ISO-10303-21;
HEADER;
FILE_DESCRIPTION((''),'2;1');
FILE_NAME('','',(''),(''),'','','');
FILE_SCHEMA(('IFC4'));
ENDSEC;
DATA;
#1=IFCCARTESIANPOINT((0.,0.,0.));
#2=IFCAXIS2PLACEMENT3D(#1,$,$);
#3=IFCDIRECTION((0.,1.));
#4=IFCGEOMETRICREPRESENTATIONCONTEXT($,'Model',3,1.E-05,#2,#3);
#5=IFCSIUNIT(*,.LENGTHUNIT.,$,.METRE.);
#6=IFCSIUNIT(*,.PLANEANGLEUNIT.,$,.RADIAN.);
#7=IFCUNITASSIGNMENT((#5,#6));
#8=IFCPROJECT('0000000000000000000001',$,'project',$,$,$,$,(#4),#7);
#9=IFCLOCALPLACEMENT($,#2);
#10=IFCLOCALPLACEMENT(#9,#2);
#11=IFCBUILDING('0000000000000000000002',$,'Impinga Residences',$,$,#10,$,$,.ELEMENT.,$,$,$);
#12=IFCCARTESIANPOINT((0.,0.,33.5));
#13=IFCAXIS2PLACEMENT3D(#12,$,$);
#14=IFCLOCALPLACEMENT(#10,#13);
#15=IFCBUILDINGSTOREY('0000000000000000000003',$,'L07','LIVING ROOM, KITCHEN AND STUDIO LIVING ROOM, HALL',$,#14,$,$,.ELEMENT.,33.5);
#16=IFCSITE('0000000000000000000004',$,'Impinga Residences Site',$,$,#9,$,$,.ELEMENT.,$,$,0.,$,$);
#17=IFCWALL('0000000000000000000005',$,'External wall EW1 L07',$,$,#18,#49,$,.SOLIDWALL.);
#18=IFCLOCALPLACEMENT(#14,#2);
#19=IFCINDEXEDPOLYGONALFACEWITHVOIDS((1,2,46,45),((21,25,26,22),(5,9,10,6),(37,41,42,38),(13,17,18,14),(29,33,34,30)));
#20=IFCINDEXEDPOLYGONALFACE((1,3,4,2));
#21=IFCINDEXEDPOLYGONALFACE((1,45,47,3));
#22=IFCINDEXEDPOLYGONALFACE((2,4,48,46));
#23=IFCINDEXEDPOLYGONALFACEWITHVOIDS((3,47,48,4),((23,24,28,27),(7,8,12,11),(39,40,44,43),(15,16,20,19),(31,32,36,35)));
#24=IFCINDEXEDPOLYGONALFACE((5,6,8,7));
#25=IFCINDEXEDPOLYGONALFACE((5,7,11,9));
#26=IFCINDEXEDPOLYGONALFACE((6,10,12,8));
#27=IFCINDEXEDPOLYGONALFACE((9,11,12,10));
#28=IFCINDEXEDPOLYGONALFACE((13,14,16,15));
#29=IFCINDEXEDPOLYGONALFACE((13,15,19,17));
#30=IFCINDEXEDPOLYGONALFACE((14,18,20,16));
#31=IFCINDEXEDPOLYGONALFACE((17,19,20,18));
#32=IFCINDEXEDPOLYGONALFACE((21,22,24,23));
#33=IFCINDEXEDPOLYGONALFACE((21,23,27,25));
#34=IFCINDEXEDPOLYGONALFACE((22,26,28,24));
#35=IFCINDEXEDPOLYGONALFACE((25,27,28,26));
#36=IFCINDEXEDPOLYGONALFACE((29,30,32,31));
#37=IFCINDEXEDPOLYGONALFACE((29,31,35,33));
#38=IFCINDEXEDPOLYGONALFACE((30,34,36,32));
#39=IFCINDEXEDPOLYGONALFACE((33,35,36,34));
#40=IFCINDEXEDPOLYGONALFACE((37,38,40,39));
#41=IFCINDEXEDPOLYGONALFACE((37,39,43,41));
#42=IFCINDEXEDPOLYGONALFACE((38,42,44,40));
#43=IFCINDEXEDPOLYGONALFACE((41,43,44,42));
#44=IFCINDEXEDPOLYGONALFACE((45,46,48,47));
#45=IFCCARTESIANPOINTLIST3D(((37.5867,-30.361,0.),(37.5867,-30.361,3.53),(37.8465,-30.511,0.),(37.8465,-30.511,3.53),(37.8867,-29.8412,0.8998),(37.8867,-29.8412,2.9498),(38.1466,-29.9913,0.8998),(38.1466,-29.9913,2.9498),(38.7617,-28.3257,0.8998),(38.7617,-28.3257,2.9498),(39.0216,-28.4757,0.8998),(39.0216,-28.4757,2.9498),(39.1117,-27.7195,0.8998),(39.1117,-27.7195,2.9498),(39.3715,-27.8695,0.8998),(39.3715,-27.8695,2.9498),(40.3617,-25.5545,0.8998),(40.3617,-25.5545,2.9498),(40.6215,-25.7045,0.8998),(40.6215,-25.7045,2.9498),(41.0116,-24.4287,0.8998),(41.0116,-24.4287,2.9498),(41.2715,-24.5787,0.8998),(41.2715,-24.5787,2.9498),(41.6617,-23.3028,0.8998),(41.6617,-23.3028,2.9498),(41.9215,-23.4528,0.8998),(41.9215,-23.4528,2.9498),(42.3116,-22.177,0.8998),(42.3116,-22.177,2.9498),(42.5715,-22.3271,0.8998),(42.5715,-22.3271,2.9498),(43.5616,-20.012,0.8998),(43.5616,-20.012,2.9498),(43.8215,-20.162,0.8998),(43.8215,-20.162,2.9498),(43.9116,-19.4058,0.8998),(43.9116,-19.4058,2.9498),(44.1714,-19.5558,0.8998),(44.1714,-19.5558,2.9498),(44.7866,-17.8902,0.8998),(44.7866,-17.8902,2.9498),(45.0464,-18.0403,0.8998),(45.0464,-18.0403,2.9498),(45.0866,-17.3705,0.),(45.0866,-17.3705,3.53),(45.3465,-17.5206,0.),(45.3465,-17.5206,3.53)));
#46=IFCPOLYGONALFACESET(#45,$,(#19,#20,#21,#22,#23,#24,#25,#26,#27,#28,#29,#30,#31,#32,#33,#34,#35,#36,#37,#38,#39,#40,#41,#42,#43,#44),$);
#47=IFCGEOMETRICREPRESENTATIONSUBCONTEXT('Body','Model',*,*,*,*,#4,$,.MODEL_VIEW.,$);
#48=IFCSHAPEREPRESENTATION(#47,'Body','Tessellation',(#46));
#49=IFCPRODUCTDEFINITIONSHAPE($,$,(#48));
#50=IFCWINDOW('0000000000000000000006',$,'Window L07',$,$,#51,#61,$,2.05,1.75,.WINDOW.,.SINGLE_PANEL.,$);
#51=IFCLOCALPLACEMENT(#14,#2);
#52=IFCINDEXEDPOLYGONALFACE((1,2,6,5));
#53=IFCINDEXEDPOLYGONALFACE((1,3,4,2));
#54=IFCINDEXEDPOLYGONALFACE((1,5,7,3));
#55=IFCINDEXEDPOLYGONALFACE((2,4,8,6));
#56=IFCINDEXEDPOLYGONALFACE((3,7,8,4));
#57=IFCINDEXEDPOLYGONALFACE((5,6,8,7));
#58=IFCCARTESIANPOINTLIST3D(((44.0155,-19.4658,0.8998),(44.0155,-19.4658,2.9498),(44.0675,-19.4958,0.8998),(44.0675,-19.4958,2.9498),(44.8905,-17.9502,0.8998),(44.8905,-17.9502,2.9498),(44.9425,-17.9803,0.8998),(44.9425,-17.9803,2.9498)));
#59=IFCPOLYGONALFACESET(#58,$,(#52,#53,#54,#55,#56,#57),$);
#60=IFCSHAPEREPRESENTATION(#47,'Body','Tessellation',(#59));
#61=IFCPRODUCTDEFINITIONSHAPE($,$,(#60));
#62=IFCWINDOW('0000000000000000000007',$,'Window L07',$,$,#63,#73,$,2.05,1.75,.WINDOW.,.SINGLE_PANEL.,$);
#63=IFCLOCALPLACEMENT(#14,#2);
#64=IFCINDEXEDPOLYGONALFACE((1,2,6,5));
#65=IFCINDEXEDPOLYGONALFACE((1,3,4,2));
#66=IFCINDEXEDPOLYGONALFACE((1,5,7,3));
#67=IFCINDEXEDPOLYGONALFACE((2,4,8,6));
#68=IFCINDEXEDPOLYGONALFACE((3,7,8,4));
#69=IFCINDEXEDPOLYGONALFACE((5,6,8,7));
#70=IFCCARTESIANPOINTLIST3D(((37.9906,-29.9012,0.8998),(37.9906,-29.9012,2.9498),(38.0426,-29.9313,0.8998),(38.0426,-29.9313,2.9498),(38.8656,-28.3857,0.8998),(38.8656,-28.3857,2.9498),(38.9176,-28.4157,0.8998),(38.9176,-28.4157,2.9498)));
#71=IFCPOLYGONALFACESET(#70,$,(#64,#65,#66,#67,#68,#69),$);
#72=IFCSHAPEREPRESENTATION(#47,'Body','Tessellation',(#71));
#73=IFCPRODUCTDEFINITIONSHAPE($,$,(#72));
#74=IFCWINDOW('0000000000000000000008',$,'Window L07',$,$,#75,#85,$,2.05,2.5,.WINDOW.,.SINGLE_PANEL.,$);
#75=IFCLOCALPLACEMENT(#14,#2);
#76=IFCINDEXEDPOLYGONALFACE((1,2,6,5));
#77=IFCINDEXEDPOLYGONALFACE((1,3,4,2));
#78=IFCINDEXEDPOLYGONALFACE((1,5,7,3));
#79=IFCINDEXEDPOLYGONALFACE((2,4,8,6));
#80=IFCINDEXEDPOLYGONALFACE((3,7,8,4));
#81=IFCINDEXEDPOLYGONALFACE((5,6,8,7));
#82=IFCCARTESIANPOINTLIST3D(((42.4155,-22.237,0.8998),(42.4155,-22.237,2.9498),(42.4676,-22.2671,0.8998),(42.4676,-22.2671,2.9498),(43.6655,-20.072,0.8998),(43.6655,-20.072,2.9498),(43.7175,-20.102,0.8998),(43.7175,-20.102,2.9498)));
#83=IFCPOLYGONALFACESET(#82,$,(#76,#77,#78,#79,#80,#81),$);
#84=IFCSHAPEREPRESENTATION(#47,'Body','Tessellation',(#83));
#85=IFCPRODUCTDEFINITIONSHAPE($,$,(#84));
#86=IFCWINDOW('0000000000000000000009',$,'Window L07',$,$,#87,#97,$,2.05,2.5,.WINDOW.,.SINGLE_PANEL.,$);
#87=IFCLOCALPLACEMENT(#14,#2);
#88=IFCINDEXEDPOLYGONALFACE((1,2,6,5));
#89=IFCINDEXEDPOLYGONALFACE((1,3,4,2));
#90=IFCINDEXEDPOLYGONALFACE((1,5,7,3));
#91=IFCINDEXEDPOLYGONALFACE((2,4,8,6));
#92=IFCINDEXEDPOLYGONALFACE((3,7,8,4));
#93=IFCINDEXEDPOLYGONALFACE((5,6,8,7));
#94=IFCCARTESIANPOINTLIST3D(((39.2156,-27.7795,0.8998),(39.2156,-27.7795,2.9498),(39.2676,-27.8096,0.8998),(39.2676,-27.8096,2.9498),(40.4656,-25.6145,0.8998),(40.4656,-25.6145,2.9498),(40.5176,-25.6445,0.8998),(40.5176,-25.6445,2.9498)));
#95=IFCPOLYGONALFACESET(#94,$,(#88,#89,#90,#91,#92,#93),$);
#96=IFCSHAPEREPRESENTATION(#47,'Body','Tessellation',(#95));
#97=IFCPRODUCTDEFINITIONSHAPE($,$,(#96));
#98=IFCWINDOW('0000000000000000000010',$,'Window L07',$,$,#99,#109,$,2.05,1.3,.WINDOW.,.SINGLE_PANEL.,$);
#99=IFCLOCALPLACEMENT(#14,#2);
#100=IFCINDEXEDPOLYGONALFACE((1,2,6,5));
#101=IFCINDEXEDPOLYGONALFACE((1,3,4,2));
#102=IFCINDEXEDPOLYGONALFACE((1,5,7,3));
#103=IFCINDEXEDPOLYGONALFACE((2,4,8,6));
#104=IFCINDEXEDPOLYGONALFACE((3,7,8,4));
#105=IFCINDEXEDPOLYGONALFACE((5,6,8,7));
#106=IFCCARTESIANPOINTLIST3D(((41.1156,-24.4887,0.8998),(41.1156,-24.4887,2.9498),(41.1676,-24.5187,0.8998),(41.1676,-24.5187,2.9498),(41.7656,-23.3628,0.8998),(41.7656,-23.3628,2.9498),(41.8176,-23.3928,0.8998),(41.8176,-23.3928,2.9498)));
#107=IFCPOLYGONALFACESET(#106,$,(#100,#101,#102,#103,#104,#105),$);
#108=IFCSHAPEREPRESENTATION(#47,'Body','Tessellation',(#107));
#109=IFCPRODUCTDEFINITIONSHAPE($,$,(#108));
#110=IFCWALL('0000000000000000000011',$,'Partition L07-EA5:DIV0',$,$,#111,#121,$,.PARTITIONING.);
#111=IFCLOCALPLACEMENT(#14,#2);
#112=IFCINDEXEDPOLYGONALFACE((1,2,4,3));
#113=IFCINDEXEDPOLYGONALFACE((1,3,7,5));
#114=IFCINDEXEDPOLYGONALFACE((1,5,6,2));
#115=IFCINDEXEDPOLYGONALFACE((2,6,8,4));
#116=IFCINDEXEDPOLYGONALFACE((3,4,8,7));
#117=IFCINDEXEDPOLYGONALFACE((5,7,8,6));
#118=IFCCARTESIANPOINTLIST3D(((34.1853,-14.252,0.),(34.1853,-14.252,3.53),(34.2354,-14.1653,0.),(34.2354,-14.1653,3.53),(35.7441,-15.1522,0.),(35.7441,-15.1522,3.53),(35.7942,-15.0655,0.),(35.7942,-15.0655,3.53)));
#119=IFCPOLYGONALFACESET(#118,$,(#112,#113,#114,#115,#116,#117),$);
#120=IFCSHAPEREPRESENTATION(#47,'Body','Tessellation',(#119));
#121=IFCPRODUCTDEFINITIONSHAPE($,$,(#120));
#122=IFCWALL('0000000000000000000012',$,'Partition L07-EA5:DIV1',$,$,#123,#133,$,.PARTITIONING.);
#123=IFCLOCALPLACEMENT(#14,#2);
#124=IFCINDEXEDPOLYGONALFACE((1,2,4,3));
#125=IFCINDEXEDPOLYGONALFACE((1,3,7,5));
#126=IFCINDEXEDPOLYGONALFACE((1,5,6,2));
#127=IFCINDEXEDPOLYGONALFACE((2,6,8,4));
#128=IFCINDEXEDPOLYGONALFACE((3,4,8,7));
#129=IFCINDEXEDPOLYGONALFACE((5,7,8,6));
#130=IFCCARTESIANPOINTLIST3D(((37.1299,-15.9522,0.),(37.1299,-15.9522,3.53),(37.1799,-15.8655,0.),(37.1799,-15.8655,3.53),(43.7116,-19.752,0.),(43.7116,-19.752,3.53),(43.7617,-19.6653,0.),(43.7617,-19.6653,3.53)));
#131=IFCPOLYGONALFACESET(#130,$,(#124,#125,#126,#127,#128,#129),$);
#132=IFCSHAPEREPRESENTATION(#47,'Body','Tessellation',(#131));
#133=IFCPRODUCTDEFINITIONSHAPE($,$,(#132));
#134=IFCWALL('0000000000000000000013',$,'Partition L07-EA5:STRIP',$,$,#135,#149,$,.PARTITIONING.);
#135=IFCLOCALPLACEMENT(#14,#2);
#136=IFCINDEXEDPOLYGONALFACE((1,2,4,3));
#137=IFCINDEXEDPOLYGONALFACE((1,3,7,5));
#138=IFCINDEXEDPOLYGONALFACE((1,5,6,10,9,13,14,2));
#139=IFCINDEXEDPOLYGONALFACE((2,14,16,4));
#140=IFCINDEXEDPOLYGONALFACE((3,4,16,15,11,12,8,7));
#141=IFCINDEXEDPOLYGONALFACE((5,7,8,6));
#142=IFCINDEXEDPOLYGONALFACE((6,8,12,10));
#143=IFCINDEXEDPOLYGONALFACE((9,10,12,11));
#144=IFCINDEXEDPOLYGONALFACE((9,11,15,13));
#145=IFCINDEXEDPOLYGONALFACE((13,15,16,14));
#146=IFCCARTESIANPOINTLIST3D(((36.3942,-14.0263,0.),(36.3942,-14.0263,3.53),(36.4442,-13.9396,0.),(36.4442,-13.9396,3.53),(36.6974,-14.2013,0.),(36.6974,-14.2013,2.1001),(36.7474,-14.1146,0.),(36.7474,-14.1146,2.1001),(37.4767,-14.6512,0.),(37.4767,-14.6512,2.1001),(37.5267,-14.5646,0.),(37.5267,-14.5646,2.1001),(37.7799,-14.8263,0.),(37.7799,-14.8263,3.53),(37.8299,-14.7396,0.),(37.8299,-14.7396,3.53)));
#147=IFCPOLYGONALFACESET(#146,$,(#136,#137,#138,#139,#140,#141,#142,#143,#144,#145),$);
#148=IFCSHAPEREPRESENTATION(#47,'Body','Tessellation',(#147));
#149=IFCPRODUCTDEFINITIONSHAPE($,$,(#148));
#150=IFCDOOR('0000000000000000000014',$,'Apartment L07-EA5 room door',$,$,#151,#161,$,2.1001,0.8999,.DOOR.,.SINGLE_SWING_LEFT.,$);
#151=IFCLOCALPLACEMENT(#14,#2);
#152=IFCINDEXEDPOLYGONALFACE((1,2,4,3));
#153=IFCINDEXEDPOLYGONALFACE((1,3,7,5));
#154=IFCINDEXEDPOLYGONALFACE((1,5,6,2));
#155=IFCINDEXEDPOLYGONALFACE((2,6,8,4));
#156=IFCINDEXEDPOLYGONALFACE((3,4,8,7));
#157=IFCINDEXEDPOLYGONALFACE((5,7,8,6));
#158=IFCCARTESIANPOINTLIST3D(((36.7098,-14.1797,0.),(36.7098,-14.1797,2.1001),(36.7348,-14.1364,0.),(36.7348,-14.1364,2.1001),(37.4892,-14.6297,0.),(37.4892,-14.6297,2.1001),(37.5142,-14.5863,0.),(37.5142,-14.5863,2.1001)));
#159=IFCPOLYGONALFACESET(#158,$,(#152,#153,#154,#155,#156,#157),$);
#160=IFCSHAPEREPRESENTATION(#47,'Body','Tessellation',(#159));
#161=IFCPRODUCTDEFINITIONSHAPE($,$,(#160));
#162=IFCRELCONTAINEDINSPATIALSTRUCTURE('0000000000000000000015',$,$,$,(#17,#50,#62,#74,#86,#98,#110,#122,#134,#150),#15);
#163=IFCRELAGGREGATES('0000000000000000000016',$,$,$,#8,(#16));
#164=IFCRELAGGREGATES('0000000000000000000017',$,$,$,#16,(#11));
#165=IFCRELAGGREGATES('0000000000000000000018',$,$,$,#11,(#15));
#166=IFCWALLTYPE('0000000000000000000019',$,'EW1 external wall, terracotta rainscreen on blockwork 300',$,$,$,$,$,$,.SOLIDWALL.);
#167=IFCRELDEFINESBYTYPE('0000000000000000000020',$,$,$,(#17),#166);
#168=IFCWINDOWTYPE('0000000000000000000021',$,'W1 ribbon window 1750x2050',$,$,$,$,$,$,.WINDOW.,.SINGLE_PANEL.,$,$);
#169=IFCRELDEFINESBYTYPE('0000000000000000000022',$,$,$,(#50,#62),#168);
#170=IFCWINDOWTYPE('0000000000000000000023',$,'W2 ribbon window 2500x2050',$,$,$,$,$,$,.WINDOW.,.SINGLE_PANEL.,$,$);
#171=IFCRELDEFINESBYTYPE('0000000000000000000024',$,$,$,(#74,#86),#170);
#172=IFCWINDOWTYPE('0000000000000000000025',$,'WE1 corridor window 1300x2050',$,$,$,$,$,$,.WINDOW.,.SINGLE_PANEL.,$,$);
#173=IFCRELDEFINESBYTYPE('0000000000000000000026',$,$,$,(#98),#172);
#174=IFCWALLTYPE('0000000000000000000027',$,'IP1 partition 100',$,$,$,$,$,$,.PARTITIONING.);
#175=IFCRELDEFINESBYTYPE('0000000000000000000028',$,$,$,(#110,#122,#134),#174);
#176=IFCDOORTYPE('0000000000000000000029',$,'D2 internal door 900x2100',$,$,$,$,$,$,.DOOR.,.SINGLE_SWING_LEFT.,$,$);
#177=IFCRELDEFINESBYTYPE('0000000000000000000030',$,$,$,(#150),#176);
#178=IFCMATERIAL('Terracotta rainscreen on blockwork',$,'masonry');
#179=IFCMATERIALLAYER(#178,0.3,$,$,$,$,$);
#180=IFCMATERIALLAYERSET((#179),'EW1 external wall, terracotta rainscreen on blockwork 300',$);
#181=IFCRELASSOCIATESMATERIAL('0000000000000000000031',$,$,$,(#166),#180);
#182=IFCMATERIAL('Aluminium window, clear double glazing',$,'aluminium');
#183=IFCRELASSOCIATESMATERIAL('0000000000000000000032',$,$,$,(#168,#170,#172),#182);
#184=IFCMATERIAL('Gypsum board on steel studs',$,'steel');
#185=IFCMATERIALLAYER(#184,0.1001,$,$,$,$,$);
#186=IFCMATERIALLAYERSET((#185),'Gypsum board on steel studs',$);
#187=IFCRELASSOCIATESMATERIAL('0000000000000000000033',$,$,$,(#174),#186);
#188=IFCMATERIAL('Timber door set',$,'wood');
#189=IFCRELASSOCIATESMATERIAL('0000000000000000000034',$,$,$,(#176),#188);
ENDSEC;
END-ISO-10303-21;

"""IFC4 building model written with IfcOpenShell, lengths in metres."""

from ifc_helpers import new_model, si_unit, direction, frame, frame_2d, origin, place, context, subcontext, project, spatial, rectangle, extrude, material, layer, layer_set, type_object, element, fill, save


model = new_model("IFC4")

# Units and contexts
model_context = context("Model", 3, precision=1e-05, world=origin(), true_north=direction((0.0, 1.0)))
body_context = subcontext(model_context, "Body", "Model", "MODEL_VIEW")
ifc_project = project(units=[si_unit("LENGTHUNIT", "METRE"), si_unit("PLANEANGLEUNIT", "RADIAN")], contexts=[model_context])

# Site, building, storey
site_placement = place(None, origin())
site = spatial("IfcSite", under=ifc_project, at=site_placement, Name="Impinga Residences Site", CompositionType="ELEMENT", RefElevation=0.0)
building_placement = place(site_placement, origin())
building = spatial("IfcBuilding", under=site, at=building_placement, Name="Impinga Residences", CompositionType="ELEMENT")
storey_placement = place(building_placement, frame((0.0, 0.0, 33.5)))
storey = spatial("IfcBuildingStorey", under=building, at=storey_placement, Name="L07", Description="LIVING ROOM, KITCHEN AND STUDIO LIVING ROOM, HALL", CompositionType="ELEMENT", Elevation=33.5)

# Shared definitions
ifc_material_1 = material(Name="Terracotta rainscreen on blockwork", Category="masonry")
ifc_layer_1 = layer(ifc_material_1, 0.3)
ifc_layer_set_1 = layer_set([ifc_layer_1], Name="EW1 external wall, terracotta rainscreen on blockwork 300")
wall_type_1 = type_object("IfcWallType", Name="EW1 external wall, terracotta rainscreen on blockwork 300", PredefinedType="SOLIDWALL", material=ifc_layer_set_1)

# Wall, openings, windows
wall_1_placement = place(storey_placement, frame((45.2166, -17.4456, 0.0), z_axis=(0.0, 0.0, 1.0), x_axis=(-0.499997, -0.866027, 0.0)))
wall_1 = element("IfcWall", 1, at=wall_1_placement, inside=storey, type_object=wall_type_1, Name="External wall EW1 L07", PredefinedType="SOLIDWALL", context=body_context, shape_type="SweptSolid", body=[
    extrude(rectangle(XDim=15.0, YDim=0.3, at=frame_2d((7.5, 0.0))), origin(), (0.0, 0.0, 1.0), 3.53),
])
opening_1_placement = place(wall_1_placement, frame((0.6001, 0.0, 0.8999)))
opening_1 = element("IfcOpeningElement", 2, at=opening_1_placement, cuts=wall_1, PredefinedType="OPENING", context=body_context, shape_type="SweptSolid", body=[
    extrude(rectangle(XDim=1.75, YDim=2.05, at=frame_2d((0.875, 1.0249))), frame((0.0, 0.1599, 0.0), z_axis=(0.0, -1.0, 0.0), x_axis=(1.0, 0.0, 0.0)), (0.0, 0.0, 1.0), 0.3201),
])
opening_2_placement = place(wall_1_placement, frame((3.05, 0.0, 0.8999)))
opening_2 = element("IfcOpeningElement", 3, at=opening_2_placement, cuts=wall_1, PredefinedType="OPENING", context=body_context, shape_type="SweptSolid", body=[
    extrude(rectangle(XDim=2.5, YDim=2.05, at=frame_2d((1.25, 1.0249))), frame((0.0, 0.1599, 0.0), z_axis=(0.0, -1.0, 0.0), x_axis=(1.0, 0.0, 0.0)), (0.0, 0.0, 1.0), 0.3201),
])
opening_3_placement = place(wall_1_placement, frame((6.8501, 0.0, 0.8999)))
opening_3 = element("IfcOpeningElement", 4, at=opening_3_placement, cuts=wall_1, PredefinedType="OPENING", context=body_context, shape_type="SweptSolid", body=[
    extrude(rectangle(XDim=1.3, YDim=2.05, at=frame_2d((0.6499, 1.0249))), frame((0.0, 0.1599, 0.0), z_axis=(0.0, -1.0, 0.0), x_axis=(1.0, 0.0, 0.0)), (0.0, 0.0, 1.0), 0.3201),
])
opening_4_placement = place(wall_1_placement, frame((9.45, 0.0, 0.8999)))
opening_4 = element("IfcOpeningElement", 5, at=opening_4_placement, cuts=wall_1, PredefinedType="OPENING", context=body_context, shape_type="SweptSolid", body=[
    extrude(rectangle(XDim=2.5, YDim=2.05, at=frame_2d((1.25, 1.0249))), frame((0.0, 0.1599, 0.0), z_axis=(0.0, -1.0, 0.0), x_axis=(1.0, 0.0, 0.0)), (0.0, 0.0, 1.0), 0.3201),
])
opening_5_placement = place(wall_1_placement, frame((12.6499, 0.0, 0.8999)))
opening_5 = element("IfcOpeningElement", 6, at=opening_5_placement, cuts=wall_1, PredefinedType="OPENING", context=body_context, shape_type="SweptSolid", body=[
    extrude(rectangle(XDim=1.75, YDim=2.05, at=frame_2d((0.875, 1.0249))), frame((0.0, 0.1599, 0.0), z_axis=(0.0, -1.0, 0.0), x_axis=(1.0, 0.0, 0.0)), (0.0, 0.0, 1.0), 0.3201),
])
ifc_material_2 = material(Name="Aluminium window, clear double glazing", Category="aluminium")
window_type_1 = type_object("IfcWindowType", Name="W1 ribbon window 1750x2050", PartitioningType="SINGLE_PANEL", PredefinedType="WINDOW", material=ifc_material_2)
window_1_placement = place(opening_1_placement, origin())
window_1 = element("IfcWindow", 7, at=window_1_placement, inside=storey, type_object=window_type_1, Name="Window L07", OverallHeight=2.05, OverallWidth=1.75, PartitioningType="SINGLE_PANEL", PredefinedType="WINDOW", context=body_context, shape_type="SweptSolid", body=[
    extrude(rectangle(XDim=1.75, YDim=2.05, at=frame_2d((0.875, 1.0249))), frame((0.0, 0.03, 0.0), z_axis=(0.0, -1.0, 0.0), x_axis=(1.0, 0.0, 0.0)), (0.0, 0.0, 1.0), 0.0601),
])
fill(opening_1, window_1)
window_2_placement = place(opening_5_placement, origin())
window_2 = element("IfcWindow", 8, at=window_2_placement, inside=storey, type_object=window_type_1, Name="Window L07", OverallHeight=2.05, OverallWidth=1.75, PartitioningType="SINGLE_PANEL", PredefinedType="WINDOW", context=body_context, shape_type="SweptSolid", body=[
    extrude(rectangle(XDim=1.75, YDim=2.05, at=frame_2d((0.875, 1.0249))), frame((0.0, 0.03, 0.0), z_axis=(0.0, -1.0, 0.0), x_axis=(1.0, 0.0, 0.0)), (0.0, 0.0, 1.0), 0.0601),
])
fill(opening_5, window_2)
window_type_2 = type_object("IfcWindowType", Name="W2 ribbon window 2500x2050", PartitioningType="SINGLE_PANEL", PredefinedType="WINDOW", material=ifc_material_2)
window_3_placement = place(opening_2_placement, origin())
window_3 = element("IfcWindow", 9, at=window_3_placement, inside=storey, type_object=window_type_2, Name="Window L07", OverallHeight=2.05, OverallWidth=2.5, PartitioningType="SINGLE_PANEL", PredefinedType="WINDOW", context=body_context, shape_type="SweptSolid", body=[
    extrude(rectangle(XDim=2.5, YDim=2.05, at=frame_2d((1.25, 1.0249))), frame((0.0, 0.03, 0.0), z_axis=(0.0, -1.0, 0.0), x_axis=(1.0, 0.0, 0.0)), (0.0, 0.0, 1.0), 0.0601),
])
fill(opening_2, window_3)
window_4_placement = place(opening_4_placement, origin())
window_4 = element("IfcWindow", 10, at=window_4_placement, inside=storey, type_object=window_type_2, Name="Window L07", OverallHeight=2.05, OverallWidth=2.5, PartitioningType="SINGLE_PANEL", PredefinedType="WINDOW", context=body_context, shape_type="SweptSolid", body=[
    extrude(rectangle(XDim=2.5, YDim=2.05, at=frame_2d((1.25, 1.0249))), frame((0.0, 0.03, 0.0), z_axis=(0.0, -1.0, 0.0), x_axis=(1.0, 0.0, 0.0)), (0.0, 0.0, 1.0), 0.0601),
])
fill(opening_4, window_4)
window_type_3 = type_object("IfcWindowType", Name="WE1 corridor window 1300x2050", PartitioningType="SINGLE_PANEL", PredefinedType="WINDOW", material=ifc_material_2)
window_5_placement = place(opening_3_placement, origin())
window_5 = element("IfcWindow", 11, at=window_5_placement, inside=storey, type_object=window_type_3, Name="Window L07", OverallHeight=2.05, OverallWidth=1.3, PartitioningType="SINGLE_PANEL", PredefinedType="WINDOW", context=body_context, shape_type="SweptSolid", body=[
    extrude(rectangle(XDim=1.3, YDim=2.05, at=frame_2d((0.6499, 1.0249))), frame((0.0, 0.03, 0.0), z_axis=(0.0, -1.0, 0.0), x_axis=(1.0, 0.0, 0.0)), (0.0, 0.0, 1.0), 0.0601),
])
fill(opening_3, window_5)

# Walls
ifc_material_3 = material(Name="Gypsum board on steel studs", Category="steel")
ifc_layer_2 = layer(ifc_material_3, 0.1001)
ifc_layer_set_2 = layer_set([ifc_layer_2], Name="Gypsum board on steel studs")
wall_type_2 = type_object("IfcWallType", Name="IP1 partition 100", PredefinedType="PARTITIONING", material=ifc_layer_set_2)
wall_2_placement = place(storey_placement, frame((34.2104, -14.2087, 0.0), z_axis=(0.0, 0.0, 1.0), x_axis=(0.865989, -0.500063, 0.0)))
element("IfcWall", 12, at=wall_2_placement, inside=storey, type_object=wall_type_2, Name="Partition L07-EA5:DIV0", PredefinedType="PARTITIONING", context=body_context, shape_type="SweptSolid", body=[
    extrude(rectangle(XDim=1.8, YDim=0.1001, at=frame_2d((0.8999, 0.0))), origin(), (0.0, 0.0, 1.0), 3.53),
])
wall_3_placement = place(storey_placement, frame((37.155, -15.9089, 0.0), z_axis=(0.0, 0.0, 1.0), x_axis=(0.866036, -0.499981, 0.0)))
element("IfcWall", 13, at=wall_3_placement, inside=storey, type_object=wall_type_2, Name="Partition L07-EA5:DIV1", PredefinedType="PARTITIONING", context=body_context, shape_type="SweptSolid", body=[
    extrude(rectangle(XDim=7.5999, YDim=0.1001, at=frame_2d((3.7998, 0.0))), origin(), (0.0, 0.0, 1.0), 3.53),
])

# Wall, opening, door
wall_4_placement = place(storey_placement, frame((36.4192, -13.9829, 0.0), z_axis=(0.0, 0.0, 1.0), x_axis=(0.866028, -0.499995, 0.0)))
wall_4 = element("IfcWall", 14, at=wall_4_placement, inside=storey, type_object=wall_type_2, Name="Partition L07-EA5:STRIP", PredefinedType="PARTITIONING", context=body_context, shape_type="SweptSolid", body=[
    extrude(rectangle(XDim=1.6001, YDim=0.1001, at=frame_2d((0.8, 0.0))), origin(), (0.0, 0.0, 1.0), 3.53),
])
opening_6_placement = place(wall_4_placement, frame((0.3501, 0.0, 0.0)))
opening_6 = element("IfcOpeningElement", 15, at=opening_6_placement, cuts=wall_4, PredefinedType="OPENING", context=body_context, shape_type="SweptSolid", body=[
    extrude(rectangle(XDim=0.8999, YDim=2.1001, at=frame_2d((0.45, 1.05))), frame((0.0, 0.0601, 0.0), z_axis=(0.0, -1.0, 0.0), x_axis=(1.0, 0.0, 0.0)), (0.0, 0.0, 1.0), 0.1201),
])
ifc_material_4 = material(Name="Timber door set", Category="wood")
door_type = type_object("IfcDoorType", Name="D2 internal door 900x2100", OperationType="SINGLE_SWING_LEFT", PredefinedType="DOOR", material=ifc_material_4)
door_placement = place(opening_6_placement, origin())
door = element("IfcDoor", 16, at=door_placement, inside=storey, type_object=door_type, Name="Apartment L07-EA5 room door", OperationType="SINGLE_SWING_LEFT", OverallHeight=2.1001, OverallWidth=0.8999, PredefinedType="DOOR", context=body_context, shape_type="SweptSolid", body=[
    extrude(rectangle(XDim=0.8999, YDim=2.1001, at=frame_2d((0.45, 1.05))), frame((0.0, 0.0249, 0.0), z_axis=(0.0, -1.0, 0.0), x_axis=(1.0, 0.0, 0.0)), (0.0, 0.0, 1.0), 0.05),
])
fill(opening_6, door)

save(model, "model.ifc")
